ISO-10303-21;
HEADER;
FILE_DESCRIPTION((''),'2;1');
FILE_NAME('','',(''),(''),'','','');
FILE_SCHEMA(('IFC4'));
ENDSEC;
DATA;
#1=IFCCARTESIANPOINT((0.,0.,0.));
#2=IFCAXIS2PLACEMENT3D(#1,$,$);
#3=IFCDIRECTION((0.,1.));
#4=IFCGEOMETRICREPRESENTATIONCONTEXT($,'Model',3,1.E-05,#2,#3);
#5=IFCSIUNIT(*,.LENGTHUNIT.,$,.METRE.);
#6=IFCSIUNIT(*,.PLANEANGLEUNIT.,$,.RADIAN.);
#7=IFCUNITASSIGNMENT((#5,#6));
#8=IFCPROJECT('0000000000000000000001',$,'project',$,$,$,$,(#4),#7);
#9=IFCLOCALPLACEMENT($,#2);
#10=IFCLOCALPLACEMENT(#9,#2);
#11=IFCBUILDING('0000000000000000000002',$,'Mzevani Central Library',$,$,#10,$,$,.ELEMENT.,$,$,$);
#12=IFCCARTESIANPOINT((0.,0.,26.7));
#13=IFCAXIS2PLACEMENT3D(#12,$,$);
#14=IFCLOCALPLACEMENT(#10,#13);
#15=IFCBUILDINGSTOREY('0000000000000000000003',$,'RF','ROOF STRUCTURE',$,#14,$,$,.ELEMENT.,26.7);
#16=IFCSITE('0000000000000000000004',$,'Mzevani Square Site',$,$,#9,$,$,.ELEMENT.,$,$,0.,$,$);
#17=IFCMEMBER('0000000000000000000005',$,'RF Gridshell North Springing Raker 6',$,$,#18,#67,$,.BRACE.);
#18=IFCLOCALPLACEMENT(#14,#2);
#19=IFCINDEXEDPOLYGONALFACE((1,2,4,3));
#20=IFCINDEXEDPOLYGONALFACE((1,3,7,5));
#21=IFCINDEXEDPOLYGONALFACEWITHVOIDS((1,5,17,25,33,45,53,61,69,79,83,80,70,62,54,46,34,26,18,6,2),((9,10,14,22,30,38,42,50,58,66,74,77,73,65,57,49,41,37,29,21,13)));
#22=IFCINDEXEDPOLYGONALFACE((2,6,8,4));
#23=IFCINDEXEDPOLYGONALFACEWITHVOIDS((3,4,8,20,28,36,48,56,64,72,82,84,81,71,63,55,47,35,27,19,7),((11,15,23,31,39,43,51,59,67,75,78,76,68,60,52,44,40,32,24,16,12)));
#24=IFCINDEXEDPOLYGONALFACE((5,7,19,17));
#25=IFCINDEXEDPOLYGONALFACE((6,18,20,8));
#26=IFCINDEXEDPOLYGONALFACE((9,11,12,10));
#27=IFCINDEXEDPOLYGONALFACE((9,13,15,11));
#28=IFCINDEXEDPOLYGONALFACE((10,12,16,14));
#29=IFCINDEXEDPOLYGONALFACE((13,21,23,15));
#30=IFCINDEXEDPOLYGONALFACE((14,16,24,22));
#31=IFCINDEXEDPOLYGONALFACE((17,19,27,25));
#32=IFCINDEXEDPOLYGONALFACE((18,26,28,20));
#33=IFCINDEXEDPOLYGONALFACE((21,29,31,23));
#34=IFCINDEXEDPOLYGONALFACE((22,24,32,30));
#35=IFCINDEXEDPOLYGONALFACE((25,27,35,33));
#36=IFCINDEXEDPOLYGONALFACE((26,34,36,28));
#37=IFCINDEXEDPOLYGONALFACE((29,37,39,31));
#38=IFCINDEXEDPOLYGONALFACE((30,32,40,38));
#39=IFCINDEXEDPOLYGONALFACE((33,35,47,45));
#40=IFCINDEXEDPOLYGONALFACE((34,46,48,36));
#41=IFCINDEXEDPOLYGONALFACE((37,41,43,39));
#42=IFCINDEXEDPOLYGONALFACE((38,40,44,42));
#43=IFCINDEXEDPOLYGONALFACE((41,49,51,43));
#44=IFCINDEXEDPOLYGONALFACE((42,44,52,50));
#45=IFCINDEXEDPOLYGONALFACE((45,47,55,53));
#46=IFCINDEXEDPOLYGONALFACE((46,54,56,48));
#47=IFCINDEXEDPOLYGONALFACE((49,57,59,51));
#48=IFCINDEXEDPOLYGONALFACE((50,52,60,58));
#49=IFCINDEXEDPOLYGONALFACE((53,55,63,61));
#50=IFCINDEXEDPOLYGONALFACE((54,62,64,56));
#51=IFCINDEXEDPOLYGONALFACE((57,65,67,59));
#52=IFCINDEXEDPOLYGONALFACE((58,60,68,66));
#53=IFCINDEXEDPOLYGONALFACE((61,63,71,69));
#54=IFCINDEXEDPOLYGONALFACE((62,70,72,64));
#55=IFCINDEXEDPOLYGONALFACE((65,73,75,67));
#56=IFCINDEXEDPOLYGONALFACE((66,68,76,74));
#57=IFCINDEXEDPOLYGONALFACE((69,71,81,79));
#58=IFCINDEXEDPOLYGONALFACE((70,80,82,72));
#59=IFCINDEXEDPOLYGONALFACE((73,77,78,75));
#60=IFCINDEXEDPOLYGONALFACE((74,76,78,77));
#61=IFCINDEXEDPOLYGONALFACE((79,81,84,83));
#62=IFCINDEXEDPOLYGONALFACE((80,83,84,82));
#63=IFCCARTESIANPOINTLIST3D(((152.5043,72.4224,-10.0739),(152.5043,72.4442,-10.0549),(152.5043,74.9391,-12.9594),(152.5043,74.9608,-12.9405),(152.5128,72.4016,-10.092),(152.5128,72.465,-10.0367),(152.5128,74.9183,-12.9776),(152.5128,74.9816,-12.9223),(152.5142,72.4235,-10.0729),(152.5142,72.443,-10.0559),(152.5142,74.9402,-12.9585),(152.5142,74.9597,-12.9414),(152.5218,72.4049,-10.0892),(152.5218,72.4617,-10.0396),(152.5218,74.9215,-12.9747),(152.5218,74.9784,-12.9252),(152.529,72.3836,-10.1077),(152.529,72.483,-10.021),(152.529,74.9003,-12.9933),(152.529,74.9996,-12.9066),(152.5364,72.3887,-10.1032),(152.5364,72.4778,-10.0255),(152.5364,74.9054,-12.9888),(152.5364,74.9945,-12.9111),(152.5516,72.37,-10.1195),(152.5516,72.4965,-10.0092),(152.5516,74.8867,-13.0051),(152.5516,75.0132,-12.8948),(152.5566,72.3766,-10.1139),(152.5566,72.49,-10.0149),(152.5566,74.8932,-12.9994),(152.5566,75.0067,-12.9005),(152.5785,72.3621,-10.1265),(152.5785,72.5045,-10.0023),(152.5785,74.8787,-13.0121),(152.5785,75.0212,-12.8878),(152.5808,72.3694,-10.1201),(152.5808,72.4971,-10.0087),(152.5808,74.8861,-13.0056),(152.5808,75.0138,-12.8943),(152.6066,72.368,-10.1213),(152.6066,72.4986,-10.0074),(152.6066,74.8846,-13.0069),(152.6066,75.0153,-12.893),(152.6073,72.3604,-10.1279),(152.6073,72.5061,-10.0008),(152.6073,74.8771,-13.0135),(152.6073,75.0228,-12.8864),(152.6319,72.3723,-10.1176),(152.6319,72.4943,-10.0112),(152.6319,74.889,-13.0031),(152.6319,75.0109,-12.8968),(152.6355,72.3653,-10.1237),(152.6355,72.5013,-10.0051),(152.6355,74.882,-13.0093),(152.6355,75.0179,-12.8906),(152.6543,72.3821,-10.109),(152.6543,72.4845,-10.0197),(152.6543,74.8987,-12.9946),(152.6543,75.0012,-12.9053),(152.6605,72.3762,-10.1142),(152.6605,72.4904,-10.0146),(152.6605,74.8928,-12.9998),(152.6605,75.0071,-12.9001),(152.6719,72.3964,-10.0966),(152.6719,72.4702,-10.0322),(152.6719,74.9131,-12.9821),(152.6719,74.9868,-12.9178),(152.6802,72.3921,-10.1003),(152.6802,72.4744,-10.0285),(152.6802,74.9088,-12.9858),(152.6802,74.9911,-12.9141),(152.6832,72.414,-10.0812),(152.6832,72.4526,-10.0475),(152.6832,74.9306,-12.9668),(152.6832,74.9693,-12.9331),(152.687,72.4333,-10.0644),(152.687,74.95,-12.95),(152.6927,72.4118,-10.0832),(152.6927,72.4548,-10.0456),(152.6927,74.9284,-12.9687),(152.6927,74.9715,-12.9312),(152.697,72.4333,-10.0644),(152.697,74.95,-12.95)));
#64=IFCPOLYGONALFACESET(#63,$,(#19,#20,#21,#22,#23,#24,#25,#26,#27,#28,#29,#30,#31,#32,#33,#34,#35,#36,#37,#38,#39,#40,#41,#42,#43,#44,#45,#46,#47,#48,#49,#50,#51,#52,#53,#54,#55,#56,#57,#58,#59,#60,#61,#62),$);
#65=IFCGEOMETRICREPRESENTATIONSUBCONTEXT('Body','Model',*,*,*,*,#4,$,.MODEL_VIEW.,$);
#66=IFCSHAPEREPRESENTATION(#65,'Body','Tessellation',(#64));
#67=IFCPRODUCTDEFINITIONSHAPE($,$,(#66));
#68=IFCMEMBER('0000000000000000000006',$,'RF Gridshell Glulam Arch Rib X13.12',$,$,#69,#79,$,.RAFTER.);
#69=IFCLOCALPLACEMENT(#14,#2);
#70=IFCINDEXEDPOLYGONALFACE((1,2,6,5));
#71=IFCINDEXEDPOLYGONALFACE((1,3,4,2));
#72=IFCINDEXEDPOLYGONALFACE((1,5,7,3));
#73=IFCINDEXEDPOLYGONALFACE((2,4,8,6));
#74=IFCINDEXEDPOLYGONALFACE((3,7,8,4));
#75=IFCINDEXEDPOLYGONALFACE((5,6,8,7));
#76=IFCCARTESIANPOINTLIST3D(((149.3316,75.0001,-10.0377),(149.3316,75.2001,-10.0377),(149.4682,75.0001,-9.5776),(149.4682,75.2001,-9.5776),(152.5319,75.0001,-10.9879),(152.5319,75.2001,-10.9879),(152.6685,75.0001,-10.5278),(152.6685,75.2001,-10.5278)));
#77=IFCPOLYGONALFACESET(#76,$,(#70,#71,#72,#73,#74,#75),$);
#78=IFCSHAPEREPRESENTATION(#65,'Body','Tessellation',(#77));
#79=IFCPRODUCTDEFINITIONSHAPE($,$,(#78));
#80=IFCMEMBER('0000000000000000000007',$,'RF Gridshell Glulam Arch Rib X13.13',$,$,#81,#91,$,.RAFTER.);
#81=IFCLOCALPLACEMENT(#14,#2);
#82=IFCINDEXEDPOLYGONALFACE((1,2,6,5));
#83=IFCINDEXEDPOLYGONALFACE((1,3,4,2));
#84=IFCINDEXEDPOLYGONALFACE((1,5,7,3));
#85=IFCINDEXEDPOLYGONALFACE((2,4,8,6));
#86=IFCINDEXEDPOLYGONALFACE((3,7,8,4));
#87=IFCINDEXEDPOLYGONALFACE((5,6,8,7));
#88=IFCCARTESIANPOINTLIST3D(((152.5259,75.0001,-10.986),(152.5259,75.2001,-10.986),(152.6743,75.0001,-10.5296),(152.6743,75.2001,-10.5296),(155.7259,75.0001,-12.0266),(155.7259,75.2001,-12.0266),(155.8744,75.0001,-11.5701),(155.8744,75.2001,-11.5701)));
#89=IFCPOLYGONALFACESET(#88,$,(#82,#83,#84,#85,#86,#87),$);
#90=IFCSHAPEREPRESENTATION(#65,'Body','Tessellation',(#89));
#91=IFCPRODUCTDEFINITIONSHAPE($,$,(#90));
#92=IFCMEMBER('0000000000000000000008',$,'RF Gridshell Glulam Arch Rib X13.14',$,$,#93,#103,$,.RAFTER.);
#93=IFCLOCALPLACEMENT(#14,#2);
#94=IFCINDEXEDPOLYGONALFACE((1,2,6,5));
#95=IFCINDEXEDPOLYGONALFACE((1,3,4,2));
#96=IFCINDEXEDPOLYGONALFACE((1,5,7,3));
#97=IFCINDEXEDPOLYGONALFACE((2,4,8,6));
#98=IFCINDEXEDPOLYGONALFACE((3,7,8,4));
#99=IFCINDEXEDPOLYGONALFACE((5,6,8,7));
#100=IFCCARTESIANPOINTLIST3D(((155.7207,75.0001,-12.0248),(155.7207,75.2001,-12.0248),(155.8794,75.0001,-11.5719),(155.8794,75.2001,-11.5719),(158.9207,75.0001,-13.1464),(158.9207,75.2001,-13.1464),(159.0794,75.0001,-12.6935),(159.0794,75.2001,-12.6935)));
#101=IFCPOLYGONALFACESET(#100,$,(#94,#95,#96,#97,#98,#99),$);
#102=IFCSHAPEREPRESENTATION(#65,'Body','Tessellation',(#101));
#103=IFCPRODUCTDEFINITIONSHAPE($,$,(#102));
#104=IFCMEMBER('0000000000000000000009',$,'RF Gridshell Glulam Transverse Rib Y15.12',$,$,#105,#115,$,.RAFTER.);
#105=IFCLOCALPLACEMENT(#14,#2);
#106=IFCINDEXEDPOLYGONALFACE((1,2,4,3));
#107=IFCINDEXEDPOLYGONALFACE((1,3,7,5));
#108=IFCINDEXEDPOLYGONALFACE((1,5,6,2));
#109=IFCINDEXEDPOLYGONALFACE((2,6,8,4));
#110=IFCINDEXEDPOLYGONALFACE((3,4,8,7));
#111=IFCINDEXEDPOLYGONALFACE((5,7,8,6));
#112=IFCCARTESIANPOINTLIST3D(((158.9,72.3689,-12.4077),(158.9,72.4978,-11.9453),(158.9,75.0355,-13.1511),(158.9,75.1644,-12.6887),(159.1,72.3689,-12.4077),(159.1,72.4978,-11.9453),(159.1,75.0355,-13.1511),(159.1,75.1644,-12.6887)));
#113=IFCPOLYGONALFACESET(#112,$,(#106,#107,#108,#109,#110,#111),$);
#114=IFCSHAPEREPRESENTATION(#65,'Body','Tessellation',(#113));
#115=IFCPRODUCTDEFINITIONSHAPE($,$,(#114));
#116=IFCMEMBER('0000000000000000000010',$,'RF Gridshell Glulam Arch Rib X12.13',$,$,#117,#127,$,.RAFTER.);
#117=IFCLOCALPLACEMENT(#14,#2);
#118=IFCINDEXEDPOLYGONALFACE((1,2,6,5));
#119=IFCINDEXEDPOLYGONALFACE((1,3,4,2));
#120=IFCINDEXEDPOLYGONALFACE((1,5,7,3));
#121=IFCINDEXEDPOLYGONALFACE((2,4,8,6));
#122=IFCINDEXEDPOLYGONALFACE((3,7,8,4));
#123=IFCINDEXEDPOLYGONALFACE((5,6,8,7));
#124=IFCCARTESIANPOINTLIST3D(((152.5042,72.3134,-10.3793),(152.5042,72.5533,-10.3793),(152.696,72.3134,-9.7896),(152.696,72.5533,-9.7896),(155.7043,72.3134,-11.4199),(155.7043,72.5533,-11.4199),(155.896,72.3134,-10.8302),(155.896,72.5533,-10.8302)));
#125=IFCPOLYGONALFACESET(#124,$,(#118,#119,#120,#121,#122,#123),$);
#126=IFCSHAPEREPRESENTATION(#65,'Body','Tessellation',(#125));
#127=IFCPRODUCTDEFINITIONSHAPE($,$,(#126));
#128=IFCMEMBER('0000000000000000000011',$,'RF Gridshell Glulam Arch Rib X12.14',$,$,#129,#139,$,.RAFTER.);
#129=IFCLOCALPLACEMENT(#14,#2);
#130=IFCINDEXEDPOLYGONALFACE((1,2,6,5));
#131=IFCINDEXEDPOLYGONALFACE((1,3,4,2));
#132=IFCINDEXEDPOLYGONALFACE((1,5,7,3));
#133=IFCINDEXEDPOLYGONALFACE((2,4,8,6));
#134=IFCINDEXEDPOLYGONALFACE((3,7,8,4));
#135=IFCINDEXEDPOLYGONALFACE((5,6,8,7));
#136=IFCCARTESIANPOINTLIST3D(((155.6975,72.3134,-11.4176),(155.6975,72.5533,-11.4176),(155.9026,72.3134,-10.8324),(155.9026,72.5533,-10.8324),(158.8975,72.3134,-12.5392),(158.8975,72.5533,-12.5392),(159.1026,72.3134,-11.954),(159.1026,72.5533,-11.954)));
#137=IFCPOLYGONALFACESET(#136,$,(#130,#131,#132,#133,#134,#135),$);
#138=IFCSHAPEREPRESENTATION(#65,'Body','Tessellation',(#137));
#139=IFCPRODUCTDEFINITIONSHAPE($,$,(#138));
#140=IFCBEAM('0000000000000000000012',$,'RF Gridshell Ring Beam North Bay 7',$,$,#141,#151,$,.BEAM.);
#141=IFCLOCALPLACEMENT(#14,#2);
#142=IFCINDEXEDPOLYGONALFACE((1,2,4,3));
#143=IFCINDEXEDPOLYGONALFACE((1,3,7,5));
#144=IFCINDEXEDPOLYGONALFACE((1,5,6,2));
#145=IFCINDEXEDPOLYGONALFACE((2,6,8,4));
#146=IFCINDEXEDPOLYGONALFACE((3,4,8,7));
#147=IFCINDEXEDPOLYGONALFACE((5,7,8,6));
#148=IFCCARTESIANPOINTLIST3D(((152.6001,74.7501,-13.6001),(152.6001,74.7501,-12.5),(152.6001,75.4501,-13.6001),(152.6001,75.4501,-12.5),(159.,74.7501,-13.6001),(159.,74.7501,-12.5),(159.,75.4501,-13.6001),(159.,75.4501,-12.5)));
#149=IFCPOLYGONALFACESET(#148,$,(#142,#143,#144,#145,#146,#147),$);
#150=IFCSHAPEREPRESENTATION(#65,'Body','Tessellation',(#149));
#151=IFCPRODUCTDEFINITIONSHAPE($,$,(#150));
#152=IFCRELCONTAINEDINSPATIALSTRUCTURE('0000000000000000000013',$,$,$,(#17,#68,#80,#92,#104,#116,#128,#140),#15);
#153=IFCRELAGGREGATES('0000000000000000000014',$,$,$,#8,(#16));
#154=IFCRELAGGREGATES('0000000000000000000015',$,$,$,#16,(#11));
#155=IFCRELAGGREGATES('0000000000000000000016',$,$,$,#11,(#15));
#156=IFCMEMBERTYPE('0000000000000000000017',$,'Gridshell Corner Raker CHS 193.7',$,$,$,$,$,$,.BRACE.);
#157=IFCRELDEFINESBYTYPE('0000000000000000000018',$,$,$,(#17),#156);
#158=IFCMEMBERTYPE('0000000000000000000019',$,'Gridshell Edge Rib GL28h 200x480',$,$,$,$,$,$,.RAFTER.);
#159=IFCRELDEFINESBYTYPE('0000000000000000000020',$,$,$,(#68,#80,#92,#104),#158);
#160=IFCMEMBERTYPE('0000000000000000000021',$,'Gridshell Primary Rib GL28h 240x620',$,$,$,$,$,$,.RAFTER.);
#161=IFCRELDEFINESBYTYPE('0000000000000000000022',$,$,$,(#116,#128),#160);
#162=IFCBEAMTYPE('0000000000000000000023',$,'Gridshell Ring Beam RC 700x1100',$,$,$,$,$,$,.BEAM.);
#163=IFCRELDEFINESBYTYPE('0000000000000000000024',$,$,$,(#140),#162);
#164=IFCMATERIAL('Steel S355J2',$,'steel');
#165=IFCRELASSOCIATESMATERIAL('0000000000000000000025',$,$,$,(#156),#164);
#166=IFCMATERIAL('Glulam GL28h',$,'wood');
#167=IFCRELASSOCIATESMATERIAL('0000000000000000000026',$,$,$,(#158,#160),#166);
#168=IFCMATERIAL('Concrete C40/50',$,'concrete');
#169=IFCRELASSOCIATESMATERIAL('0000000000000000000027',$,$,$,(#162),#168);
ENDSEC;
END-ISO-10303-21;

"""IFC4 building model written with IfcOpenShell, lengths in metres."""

from ifc_helpers import new_model, si_unit, direction, frame, origin, origin_2d, place, context, subcontext, project, spatial, rectangle, hollow_circle, extrude, material, material_profile, profile_set, type_object, element, save


model = new_model("IFC4")

# Units and contexts
model_context = context("Model", 3, precision=1e-05, world=origin(), true_north=direction((0.0, 1.0)))
body_context = subcontext(model_context, "Body", "Model", "MODEL_VIEW")
ifc_project = project(units=[si_unit("LENGTHUNIT", "METRE"), si_unit("PLANEANGLEUNIT", "RADIAN")], contexts=[model_context])

# Site, building, storey
site_placement = place(None, origin())
site = spatial("IfcSite", under=ifc_project, at=site_placement, Name="Mzevani Square Site", CompositionType="ELEMENT", RefElevation=0.0)
building_placement = place(site_placement, origin())
building = spatial("IfcBuilding", under=site, at=building_placement, Name="Mzevani Central Library", CompositionType="ELEMENT")
storey_placement = place(building_placement, frame((0.0, 0.0, 26.7)))
storey = spatial("IfcBuildingStorey", under=building, at=storey_placement, Name="RF", Description="ROOF STRUCTURE", CompositionType="ELEMENT", Elevation=26.7)

# Members
ifc_material_1 = material(Name="Steel S355J2", Category="steel")
ifc_material_profile_1 = material_profile(ifc_material_1, hollow_circle(Radius=0.0969, WallThickness=0.01, at=origin_2d()), Name="CHS 193.7x10.0")
ifc_profile_set_1 = profile_set([ifc_material_profile_1], Name="Steel S355J2")
member_type_1 = type_object("IfcMemberType", Name="Gridshell Corner Raker CHS 193.7", PredefinedType="BRACE", material=ifc_profile_set_1)
member_1_placement = place(storey_placement, frame((152.6001, 74.95, -12.95), z_axis=(0.0, -0.657289, 0.753638), x_axis=(1.0, 0.0, 0.0)))
element("IfcMember", 1, at=member_1_placement, inside=storey, type_object=member_type_1, Name="RF Gridshell North Springing Raker 6", PredefinedType="BRACE", context=body_context, shape_type="SweptSolid", body=[
    extrude(hollow_circle(Radius=0.0969, WallThickness=0.01, at=origin_2d()), origin(), (0.0, 0.0, 1.0), 3.8289),
])
ifc_material_2 = material(Name="Glulam GL28h", Category="wood")
ifc_material_profile_2 = material_profile(ifc_material_2, rectangle(XDim=0.2, YDim=0.48, at=origin_2d()), Name="GL28h 200x480")
ifc_profile_set_2 = profile_set([ifc_material_profile_2], Name="Glulam GL28h")
member_type_2 = type_object("IfcMemberType", Name="Gridshell Edge Rib GL28h 200x480", PredefinedType="RAFTER", material=ifc_profile_set_2)
member_2_placement = place(storey_placement, frame((149.3999, 75.1001, -9.8076), z_axis=(0.958636, 0.0, -0.284636), x_axis=(0.0, 1.0, 0.0)))
element("IfcMember", 2, at=member_2_placement, inside=storey, type_object=member_type_2, Name="RF Gridshell Glulam Arch Rib X13.12", PredefinedType="RAFTER", context=body_context, shape_type="SweptSolid", body=[
    extrude(rectangle(XDim=0.2, YDim=0.48, at=origin_2d()), origin(), (0.0, 0.0, 1.0), 3.3384),
])
member_3_placement = place(storey_placement, frame((152.6001, 75.1001, -10.7578), z_axis=(0.950987, 0.0, -0.309232), x_axis=(0.0, 1.0, 0.0)))
element("IfcMember", 3, at=member_3_placement, inside=storey, type_object=member_type_2, Name="RF Gridshell Glulam Arch Rib X13.13", PredefinedType="RAFTER", context=body_context, shape_type="SweptSolid", body=[
    extrude(rectangle(XDim=0.2, YDim=0.48, at=origin_2d()), origin(), (0.0, 0.0, 1.0), 3.365),
])
member_4_placement = place(storey_placement, frame((155.8, 75.1001, -11.7983), z_axis=(0.943711, 0.0, -0.330771), x_axis=(0.0, 1.0, 0.0)))
element("IfcMember", 4, at=member_4_placement, inside=storey, type_object=member_type_2, Name="RF Gridshell Glulam Arch Rib X13.14", PredefinedType="RAFTER", context=body_context, shape_type="SweptSolid", body=[
    extrude(rectangle(XDim=0.2, YDim=0.48, at=origin_2d()), origin(), (0.0, 0.0, 1.0), 3.3909),
])
member_5_placement = place(storey_placement, frame((159.0, 72.4333, -12.1765), z_axis=(0.0, 0.963271, -0.268531), x_axis=(-1.0, 0.0, 0.0)))
element("IfcMember", 5, at=member_5_placement, inside=storey, type_object=member_type_2, Name="RF Gridshell Glulam Transverse Rib Y15.12", PredefinedType="RAFTER", context=body_context, shape_type="SweptSolid", body=[
    extrude(rectangle(XDim=0.2, YDim=0.48, at=origin_2d()), origin(), (0.0, 0.0, 1.0), 2.7683),
])
ifc_material_profile_3 = material_profile(ifc_material_2, rectangle(XDim=0.24, YDim=0.6201, at=origin_2d()), Name="GL28h 240x620")
ifc_profile_set_3 = profile_set([ifc_material_profile_3], Name="Glulam GL28h")
member_type_3 = type_object("IfcMemberType", Name="Gridshell Primary Rib GL28h 240x620", PredefinedType="RAFTER", material=ifc_profile_set_3)
member_6_placement = place(storey_placement, frame((152.6001, 72.4333, -10.0845), z_axis=(0.950987, 0.0, -0.309232), x_axis=(0.0, 1.0, 0.0)))
element("IfcMember", 6, at=member_6_placement, inside=storey, type_object=member_type_3, Name="RF Gridshell Glulam Arch Rib X12.13", PredefinedType="RAFTER", context=body_context, shape_type="SweptSolid", body=[
    extrude(rectangle(XDim=0.24, YDim=0.6201, at=origin_2d()), origin(), (0.0, 0.0, 1.0), 3.365),
])
member_7_placement = place(storey_placement, frame((155.8, 72.4333, -11.125), z_axis=(0.943711, 0.0, -0.330771), x_axis=(0.0, 1.0, 0.0)))
element("IfcMember", 7, at=member_7_placement, inside=storey, type_object=member_type_3, Name="RF Gridshell Glulam Arch Rib X12.14", PredefinedType="RAFTER", context=body_context, shape_type="SweptSolid", body=[
    extrude(rectangle(XDim=0.24, YDim=0.6201, at=origin_2d()), origin(), (0.0, 0.0, 1.0), 3.3909),
])

# Beam
ifc_material_3 = material(Name="Concrete C40/50", Category="concrete")
ifc_material_profile_4 = material_profile(ifc_material_3, rectangle(XDim=0.7, YDim=1.1001, at=origin_2d()), Name="RC RB700x1100")
ifc_profile_set_4 = profile_set([ifc_material_profile_4], Name="Concrete C40/50")
beam_type = type_object("IfcBeamType", Name="Gridshell Ring Beam RC 700x1100", PredefinedType="BEAM", material=ifc_profile_set_4)
beam_placement = place(storey_placement, frame((152.6001, 75.1001, -13.05), z_axis=(1.0, 0.0, 0.0), x_axis=(0.0, 1.0, 0.0)))
element("IfcBeam", 8, at=beam_placement, inside=storey, type_object=beam_type, Name="RF Gridshell Ring Beam North Bay 7", PredefinedType="BEAM", context=body_context, shape_type="SweptSolid", body=[
    extrude(rectangle(XDim=0.7, YDim=1.1001, at=origin_2d()), origin(), (0.0, 0.0, 1.0), 6.3999),
])

save(model, "model.ifc")
